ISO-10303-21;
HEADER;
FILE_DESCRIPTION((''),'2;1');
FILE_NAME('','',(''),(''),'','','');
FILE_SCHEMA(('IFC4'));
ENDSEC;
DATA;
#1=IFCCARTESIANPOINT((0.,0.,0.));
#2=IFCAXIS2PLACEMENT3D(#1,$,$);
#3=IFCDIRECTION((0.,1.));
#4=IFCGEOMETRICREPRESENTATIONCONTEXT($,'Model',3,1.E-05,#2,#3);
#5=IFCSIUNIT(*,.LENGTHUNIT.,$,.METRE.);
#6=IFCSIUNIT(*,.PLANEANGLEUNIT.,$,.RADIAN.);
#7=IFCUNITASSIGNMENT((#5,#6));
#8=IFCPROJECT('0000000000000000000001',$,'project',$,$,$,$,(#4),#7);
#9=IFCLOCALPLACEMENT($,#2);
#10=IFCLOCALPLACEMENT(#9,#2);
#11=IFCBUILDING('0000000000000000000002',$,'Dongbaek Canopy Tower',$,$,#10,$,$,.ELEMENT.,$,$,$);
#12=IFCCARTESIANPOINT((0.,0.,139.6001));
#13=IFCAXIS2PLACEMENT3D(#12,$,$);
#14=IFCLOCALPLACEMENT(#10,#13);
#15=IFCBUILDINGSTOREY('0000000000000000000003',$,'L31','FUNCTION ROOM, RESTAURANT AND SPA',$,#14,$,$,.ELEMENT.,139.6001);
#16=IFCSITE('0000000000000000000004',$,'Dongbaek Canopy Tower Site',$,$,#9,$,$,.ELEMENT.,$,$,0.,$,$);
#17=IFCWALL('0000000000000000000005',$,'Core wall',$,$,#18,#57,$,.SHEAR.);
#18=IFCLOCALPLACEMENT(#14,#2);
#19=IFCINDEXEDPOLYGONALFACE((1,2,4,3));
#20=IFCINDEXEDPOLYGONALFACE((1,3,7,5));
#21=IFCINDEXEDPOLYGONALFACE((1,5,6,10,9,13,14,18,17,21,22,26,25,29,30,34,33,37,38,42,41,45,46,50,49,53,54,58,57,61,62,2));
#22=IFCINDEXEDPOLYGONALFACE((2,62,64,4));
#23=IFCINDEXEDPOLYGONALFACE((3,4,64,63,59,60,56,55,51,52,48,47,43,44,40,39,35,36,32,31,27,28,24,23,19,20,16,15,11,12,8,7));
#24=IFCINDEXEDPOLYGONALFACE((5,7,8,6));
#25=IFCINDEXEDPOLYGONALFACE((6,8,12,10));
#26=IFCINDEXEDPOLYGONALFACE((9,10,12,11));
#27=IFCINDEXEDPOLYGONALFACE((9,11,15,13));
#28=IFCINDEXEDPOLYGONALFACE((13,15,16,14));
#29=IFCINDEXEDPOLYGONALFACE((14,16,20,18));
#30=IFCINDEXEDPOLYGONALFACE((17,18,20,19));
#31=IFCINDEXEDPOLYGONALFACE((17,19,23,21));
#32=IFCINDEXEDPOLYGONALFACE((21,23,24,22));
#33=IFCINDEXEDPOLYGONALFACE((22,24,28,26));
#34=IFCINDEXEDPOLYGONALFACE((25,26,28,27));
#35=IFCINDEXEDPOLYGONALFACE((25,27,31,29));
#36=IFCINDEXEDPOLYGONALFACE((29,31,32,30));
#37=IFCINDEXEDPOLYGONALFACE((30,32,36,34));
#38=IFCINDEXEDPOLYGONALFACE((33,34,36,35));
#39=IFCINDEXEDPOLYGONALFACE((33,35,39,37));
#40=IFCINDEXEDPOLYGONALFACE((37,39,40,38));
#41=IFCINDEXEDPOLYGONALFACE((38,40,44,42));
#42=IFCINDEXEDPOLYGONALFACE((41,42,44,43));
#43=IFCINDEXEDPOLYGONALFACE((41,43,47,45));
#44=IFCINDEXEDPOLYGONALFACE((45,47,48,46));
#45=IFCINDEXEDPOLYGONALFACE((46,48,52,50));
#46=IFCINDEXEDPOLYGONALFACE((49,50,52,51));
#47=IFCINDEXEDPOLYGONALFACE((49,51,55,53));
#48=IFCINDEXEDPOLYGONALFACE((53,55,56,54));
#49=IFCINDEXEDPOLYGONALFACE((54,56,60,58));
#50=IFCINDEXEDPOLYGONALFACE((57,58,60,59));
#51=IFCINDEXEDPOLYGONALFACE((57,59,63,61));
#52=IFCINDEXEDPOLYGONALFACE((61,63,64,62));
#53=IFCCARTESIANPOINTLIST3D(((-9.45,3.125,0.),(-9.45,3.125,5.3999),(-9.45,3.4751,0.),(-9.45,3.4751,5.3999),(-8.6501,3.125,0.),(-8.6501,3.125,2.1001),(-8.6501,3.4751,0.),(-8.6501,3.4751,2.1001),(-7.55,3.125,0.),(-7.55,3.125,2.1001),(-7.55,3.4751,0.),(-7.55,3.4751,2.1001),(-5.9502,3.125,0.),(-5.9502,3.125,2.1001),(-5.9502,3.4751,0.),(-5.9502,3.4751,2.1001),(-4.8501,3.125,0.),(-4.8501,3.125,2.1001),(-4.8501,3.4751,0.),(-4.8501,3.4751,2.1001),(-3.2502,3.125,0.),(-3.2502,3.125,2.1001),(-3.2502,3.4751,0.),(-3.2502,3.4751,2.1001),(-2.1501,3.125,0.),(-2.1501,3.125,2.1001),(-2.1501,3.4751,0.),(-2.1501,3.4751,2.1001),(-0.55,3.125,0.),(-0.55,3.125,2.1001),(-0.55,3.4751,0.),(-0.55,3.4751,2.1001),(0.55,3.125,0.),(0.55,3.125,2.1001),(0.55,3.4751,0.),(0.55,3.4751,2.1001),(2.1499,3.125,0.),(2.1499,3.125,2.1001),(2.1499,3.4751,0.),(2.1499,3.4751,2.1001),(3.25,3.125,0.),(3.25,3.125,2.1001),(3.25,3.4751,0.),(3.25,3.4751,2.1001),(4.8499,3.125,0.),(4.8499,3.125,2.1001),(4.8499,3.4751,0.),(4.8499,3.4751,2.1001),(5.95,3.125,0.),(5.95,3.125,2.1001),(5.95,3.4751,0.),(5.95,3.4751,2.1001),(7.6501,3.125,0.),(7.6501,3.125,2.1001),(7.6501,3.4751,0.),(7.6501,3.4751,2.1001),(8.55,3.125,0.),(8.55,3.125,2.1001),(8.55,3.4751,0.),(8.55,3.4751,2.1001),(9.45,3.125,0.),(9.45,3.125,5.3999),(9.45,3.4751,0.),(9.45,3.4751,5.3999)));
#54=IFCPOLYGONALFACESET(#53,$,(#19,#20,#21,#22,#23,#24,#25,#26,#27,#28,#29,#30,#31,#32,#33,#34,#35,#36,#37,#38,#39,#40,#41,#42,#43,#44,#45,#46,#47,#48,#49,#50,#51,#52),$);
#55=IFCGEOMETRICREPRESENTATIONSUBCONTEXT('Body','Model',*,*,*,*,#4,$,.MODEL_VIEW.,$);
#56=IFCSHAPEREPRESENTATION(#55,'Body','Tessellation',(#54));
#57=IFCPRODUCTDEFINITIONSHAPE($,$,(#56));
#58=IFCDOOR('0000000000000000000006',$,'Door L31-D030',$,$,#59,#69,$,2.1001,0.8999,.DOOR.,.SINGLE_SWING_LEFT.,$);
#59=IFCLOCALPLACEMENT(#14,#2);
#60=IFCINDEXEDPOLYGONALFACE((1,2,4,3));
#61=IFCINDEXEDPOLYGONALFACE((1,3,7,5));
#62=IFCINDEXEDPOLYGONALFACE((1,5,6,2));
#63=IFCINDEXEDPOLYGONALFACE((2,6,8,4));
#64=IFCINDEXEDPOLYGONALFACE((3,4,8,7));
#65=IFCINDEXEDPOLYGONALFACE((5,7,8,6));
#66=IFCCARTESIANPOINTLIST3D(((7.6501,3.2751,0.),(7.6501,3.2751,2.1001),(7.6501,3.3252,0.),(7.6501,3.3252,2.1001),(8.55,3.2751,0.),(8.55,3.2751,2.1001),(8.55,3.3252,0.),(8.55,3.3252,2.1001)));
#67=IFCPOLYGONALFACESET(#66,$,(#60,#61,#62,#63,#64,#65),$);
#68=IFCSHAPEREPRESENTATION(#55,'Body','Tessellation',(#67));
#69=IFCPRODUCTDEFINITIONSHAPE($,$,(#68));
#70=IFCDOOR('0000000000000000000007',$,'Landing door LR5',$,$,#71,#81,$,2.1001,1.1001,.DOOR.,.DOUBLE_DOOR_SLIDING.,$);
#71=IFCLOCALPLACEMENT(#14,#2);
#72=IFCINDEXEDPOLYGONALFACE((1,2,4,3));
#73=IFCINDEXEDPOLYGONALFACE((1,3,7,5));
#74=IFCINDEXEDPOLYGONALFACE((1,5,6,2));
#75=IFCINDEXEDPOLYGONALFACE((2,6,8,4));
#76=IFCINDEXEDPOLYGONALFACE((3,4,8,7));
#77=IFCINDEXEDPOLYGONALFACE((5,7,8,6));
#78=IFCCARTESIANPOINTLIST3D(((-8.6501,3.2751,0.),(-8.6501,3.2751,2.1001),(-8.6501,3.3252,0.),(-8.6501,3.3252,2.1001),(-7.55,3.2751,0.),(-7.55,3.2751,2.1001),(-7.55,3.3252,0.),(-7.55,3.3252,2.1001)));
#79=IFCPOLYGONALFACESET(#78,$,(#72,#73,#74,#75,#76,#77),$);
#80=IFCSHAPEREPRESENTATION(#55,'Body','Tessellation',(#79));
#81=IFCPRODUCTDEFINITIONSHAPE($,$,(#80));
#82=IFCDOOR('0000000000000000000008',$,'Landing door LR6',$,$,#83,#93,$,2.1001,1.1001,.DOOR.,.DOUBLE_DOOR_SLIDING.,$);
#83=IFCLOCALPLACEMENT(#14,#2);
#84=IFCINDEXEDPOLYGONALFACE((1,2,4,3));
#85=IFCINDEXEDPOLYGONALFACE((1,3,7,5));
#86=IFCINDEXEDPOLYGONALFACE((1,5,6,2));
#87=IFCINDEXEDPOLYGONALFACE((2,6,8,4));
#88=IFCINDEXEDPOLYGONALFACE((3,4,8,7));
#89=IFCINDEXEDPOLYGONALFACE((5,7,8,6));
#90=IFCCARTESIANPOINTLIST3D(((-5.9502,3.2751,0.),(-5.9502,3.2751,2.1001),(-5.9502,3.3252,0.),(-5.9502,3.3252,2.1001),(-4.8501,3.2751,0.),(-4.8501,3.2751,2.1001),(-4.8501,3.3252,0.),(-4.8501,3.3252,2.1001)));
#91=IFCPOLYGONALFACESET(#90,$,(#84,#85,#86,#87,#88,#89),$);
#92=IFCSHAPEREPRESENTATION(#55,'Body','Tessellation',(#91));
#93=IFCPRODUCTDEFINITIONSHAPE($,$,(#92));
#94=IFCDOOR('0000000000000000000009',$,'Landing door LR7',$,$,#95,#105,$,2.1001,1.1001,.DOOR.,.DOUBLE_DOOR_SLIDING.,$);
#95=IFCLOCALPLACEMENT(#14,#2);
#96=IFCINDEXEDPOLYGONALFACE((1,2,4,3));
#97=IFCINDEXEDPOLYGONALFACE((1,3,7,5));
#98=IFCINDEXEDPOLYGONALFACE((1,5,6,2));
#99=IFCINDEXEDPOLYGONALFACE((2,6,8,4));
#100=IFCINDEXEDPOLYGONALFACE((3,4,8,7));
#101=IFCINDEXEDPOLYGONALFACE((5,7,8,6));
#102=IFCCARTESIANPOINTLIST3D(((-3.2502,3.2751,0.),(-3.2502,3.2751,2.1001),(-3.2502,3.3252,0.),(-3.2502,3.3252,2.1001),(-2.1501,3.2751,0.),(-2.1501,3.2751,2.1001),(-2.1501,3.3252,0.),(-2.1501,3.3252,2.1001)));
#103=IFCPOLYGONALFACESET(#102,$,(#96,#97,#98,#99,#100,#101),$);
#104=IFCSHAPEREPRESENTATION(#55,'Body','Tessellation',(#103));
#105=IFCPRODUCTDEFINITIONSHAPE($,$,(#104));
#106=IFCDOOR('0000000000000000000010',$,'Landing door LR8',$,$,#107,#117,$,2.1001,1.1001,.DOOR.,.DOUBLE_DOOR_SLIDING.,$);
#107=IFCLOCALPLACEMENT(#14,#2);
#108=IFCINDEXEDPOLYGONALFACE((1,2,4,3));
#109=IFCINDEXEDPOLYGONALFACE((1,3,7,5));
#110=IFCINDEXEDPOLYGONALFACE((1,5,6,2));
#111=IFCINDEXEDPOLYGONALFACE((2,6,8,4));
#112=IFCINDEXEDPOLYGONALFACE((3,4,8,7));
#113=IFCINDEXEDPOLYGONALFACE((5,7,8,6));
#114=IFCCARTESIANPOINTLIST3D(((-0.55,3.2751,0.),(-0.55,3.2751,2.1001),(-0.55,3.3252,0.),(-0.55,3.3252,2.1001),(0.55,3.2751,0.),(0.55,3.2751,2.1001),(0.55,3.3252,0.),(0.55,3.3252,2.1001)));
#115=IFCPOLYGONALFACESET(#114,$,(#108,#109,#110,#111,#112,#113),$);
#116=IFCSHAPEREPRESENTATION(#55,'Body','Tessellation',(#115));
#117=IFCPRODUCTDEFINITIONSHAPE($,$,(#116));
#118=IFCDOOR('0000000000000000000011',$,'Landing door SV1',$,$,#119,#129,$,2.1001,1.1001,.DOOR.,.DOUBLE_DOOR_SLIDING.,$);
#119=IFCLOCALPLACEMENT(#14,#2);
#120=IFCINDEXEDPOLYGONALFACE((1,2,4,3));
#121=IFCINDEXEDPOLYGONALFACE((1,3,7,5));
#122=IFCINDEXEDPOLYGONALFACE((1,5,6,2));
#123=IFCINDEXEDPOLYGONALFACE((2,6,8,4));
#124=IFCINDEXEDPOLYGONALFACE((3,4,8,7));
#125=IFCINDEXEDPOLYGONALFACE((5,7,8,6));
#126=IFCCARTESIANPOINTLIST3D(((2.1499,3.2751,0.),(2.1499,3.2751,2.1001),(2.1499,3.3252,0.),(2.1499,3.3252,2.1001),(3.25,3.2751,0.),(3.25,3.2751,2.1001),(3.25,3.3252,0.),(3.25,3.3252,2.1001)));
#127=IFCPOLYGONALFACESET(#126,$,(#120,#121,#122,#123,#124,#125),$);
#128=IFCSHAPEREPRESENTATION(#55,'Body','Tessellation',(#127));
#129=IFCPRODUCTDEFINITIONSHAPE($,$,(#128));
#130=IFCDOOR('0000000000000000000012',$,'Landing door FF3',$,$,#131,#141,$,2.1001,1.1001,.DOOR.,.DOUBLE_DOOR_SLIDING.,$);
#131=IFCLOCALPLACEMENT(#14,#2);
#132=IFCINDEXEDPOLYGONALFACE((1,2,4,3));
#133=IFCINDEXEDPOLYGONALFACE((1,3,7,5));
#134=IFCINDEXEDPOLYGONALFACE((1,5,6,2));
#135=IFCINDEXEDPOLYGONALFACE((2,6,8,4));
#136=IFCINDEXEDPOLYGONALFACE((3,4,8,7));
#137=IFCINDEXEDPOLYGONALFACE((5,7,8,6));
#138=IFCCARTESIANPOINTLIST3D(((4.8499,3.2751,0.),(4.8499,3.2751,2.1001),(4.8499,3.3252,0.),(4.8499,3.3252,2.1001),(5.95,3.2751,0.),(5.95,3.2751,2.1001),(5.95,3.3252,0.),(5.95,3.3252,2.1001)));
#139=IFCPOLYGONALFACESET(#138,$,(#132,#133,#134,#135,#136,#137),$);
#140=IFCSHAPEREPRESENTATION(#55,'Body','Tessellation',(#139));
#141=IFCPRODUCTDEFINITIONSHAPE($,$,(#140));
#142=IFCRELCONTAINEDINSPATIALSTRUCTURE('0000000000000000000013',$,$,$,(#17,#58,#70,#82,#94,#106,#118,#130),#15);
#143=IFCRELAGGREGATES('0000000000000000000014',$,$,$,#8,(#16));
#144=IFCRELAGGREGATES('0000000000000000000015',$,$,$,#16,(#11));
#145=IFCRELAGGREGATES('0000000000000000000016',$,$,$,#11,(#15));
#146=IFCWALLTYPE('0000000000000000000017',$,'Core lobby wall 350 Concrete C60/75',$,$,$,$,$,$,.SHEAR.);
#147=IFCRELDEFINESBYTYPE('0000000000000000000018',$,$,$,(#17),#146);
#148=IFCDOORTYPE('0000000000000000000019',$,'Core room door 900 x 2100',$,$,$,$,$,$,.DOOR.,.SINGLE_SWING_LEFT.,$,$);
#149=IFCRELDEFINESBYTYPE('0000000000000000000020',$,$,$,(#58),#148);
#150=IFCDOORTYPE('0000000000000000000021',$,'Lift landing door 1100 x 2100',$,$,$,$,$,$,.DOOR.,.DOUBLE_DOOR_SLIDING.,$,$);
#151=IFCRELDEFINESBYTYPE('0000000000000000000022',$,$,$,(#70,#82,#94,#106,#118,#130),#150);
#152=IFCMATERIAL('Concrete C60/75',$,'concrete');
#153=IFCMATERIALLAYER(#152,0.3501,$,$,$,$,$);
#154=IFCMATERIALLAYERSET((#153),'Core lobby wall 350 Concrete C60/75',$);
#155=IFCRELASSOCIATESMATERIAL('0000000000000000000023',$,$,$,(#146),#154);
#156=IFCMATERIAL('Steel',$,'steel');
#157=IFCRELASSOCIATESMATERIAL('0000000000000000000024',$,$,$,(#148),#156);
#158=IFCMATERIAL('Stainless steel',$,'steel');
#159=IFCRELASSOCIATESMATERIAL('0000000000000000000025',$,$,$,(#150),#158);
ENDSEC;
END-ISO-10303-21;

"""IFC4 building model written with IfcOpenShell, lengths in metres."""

from ifc_helpers import new_model, si_unit, direction, frame, frame_2d, origin, place, context, subcontext, project, spatial, rectangle, extrude, material, layer, layer_set, type_object, element, fill, save


model = new_model("IFC4")

# Units and contexts
model_context = context("Model", 3, precision=1e-05, world=origin(), true_north=direction((0.0, 1.0)))
body_context = subcontext(model_context, "Body", "Model", "MODEL_VIEW")
ifc_project = project(units=[si_unit("LENGTHUNIT", "METRE"), si_unit("PLANEANGLEUNIT", "RADIAN")], contexts=[model_context])

# Site, building, storey
site_placement = place(None, origin())
site = spatial("IfcSite", under=ifc_project, at=site_placement, Name="Dongbaek Canopy Tower Site", CompositionType="ELEMENT", RefElevation=0.0)
building_placement = place(site_placement, origin())
building = spatial("IfcBuilding", under=site, at=building_placement, Name="Dongbaek Canopy Tower", CompositionType="ELEMENT")
storey_placement = place(building_placement, frame((0.0, 0.0, 139.6001)))
storey = spatial("IfcBuildingStorey", under=building, at=storey_placement, Name="L31", Description="FUNCTION ROOM, RESTAURANT AND SPA", CompositionType="ELEMENT", Elevation=139.6001)

# Wall, openings, doors
ifc_material_1 = material(Name="Concrete C60/75", Category="concrete")
ifc_layer_1 = layer(ifc_material_1, 0.3501)
ifc_layer_set_1 = layer_set([ifc_layer_1], Name="Core lobby wall 350 Concrete C60/75")
wall_type_1 = type_object("IfcWallType", Name="Core lobby wall 350 Concrete C60/75", PredefinedType="SHEAR", material=ifc_layer_set_1)
wall_1_placement = place(storey_placement, frame((9.45, 3.3, 0.0), z_axis=(0.0, 0.0, 1.0), x_axis=(-1.0, 0.0, 0.0)))
wall_1 = element("IfcWall", 1, at=wall_1_placement, inside=storey, type_object=wall_type_1, Name="Core wall", PredefinedType="SHEAR", context=body_context, shape_type="SweptSolid", body=[
    extrude(rectangle(XDim=18.8999, YDim=0.3501, at=frame_2d((9.45, 0.0))), origin(), (0.0, 0.0, 1.0), 5.3999),
])
opening_1_placement = place(wall_1_placement, frame((17.0, 0.0, 0.0)))
opening_1 = element("IfcOpeningElement", 2, at=opening_1_placement, cuts=wall_1, PredefinedType="OPENING", context=body_context, shape_type="SweptSolid", body=[
    extrude(rectangle(XDim=1.1001, YDim=2.1001, at=frame_2d((0.55, 1.05))), frame((0.0, 0.1851, 0.0), z_axis=(0.0, -1.0, 0.0), x_axis=(1.0, 0.0, 0.0)), (0.0, 0.0, 1.0), 0.3701),
])
opening_2_placement = place(wall_1_placement, frame((14.3, 0.0, 0.0)))
opening_2 = element("IfcOpeningElement", 3, at=opening_2_placement, cuts=wall_1, PredefinedType="OPENING", context=body_context, shape_type="SweptSolid", body=[
    extrude(rectangle(XDim=1.1001, YDim=2.1001, at=frame_2d((0.55, 1.05))), frame((0.0, 0.1851, 0.0), z_axis=(0.0, -1.0, 0.0), x_axis=(1.0, 0.0, 0.0)), (0.0, 0.0, 1.0), 0.3701),
])
opening_3_placement = place(wall_1_placement, frame((11.6001, 0.0, 0.0)))
opening_3 = element("IfcOpeningElement", 4, at=opening_3_placement, cuts=wall_1, PredefinedType="OPENING", context=body_context, shape_type="SweptSolid", body=[
    extrude(rectangle(XDim=1.1001, YDim=2.1001, at=frame_2d((0.55, 1.05))), frame((0.0, 0.1851, 0.0), z_axis=(0.0, -1.0, 0.0), x_axis=(1.0, 0.0, 0.0)), (0.0, 0.0, 1.0), 0.3701),
])
opening_4_placement = place(wall_1_placement, frame((8.8999, 0.0, 0.0)))
opening_4 = element("IfcOpeningElement", 5, at=opening_4_placement, cuts=wall_1, PredefinedType="OPENING", context=body_context, shape_type="SweptSolid", body=[
    extrude(rectangle(XDim=1.1001, YDim=2.1001, at=frame_2d((0.55, 1.05))), frame((0.0, 0.1851, 0.0), z_axis=(0.0, -1.0, 0.0), x_axis=(1.0, 0.0, 0.0)), (0.0, 0.0, 1.0), 0.3701),
])
opening_5_placement = place(wall_1_placement, frame((6.2, 0.0, 0.0)))
opening_5 = element("IfcOpeningElement", 6, at=opening_5_placement, cuts=wall_1, PredefinedType="OPENING", context=body_context, shape_type="SweptSolid", body=[
    extrude(rectangle(XDim=1.1001, YDim=2.1001, at=frame_2d((0.55, 1.05))), frame((0.0, 0.1851, 0.0), z_axis=(0.0, -1.0, 0.0), x_axis=(1.0, 0.0, 0.0)), (0.0, 0.0, 1.0), 0.3701),
])
opening_6_placement = place(wall_1_placement, frame((3.5, 0.0, 0.0)))
opening_6 = element("IfcOpeningElement", 7, at=opening_6_placement, cuts=wall_1, PredefinedType="OPENING", context=body_context, shape_type="SweptSolid", body=[
    extrude(rectangle(XDim=1.1001, YDim=2.1001, at=frame_2d((0.55, 1.05))), frame((0.0, 0.1851, 0.0), z_axis=(0.0, -1.0, 0.0), x_axis=(1.0, 0.0, 0.0)), (0.0, 0.0, 1.0), 0.3701),
])
opening_7_placement = place(wall_1_placement, frame((0.8999, 0.0, 0.0)))
opening_7 = element("IfcOpeningElement", 8, at=opening_7_placement, cuts=wall_1, PredefinedType="OPENING", context=body_context, shape_type="SweptSolid", body=[
    extrude(rectangle(XDim=0.8999, YDim=2.1001, at=frame_2d((0.45, 1.05))), frame((0.0, 0.1851, 0.0), z_axis=(0.0, -1.0, 0.0), x_axis=(1.0, 0.0, 0.0)), (0.0, 0.0, 1.0), 0.3701),
])
ifc_material_2 = material(Name="Steel", Category="steel")
door_type_1 = type_object("IfcDoorType", Name="Core room door 900 x 2100", OperationType="SINGLE_SWING_LEFT", PredefinedType="DOOR", material=ifc_material_2)
door_1_placement = place(opening_7_placement, origin())
door_1 = element("IfcDoor", 9, at=door_1_placement, inside=storey, type_object=door_type_1, Name="Door L31-D030", OperationType="SINGLE_SWING_LEFT", OverallHeight=2.1001, OverallWidth=0.8999, PredefinedType="DOOR", context=body_context, shape_type="SweptSolid", body=[
    extrude(rectangle(XDim=0.8999, YDim=2.1001, at=frame_2d((0.45, 1.05))), frame((0.0, 0.0249, 0.0), z_axis=(0.0, -1.0, 0.0), x_axis=(1.0, 0.0, 0.0)), (0.0, 0.0, 1.0), 0.05),
])
fill(opening_7, door_1)
ifc_material_3 = material(Name="Stainless steel", Category="steel")
door_type_2 = type_object("IfcDoorType", Name="Lift landing door 1100 x 2100", OperationType="DOUBLE_DOOR_SLIDING", PredefinedType="DOOR", material=ifc_material_3)
door_2_placement = place(opening_1_placement, origin())
door_2 = element("IfcDoor", 10, at=door_2_placement, inside=storey, type_object=door_type_2, Name="Landing door LR5", OperationType="DOUBLE_DOOR_SLIDING", OverallHeight=2.1001, OverallWidth=1.1001, PredefinedType="DOOR", context=body_context, shape_type="SweptSolid", body=[
    extrude(rectangle(XDim=1.1001, YDim=2.1001, at=frame_2d((0.55, 1.05))), frame((0.0, 0.0249, 0.0), z_axis=(0.0, -1.0, 0.0), x_axis=(1.0, 0.0, 0.0)), (0.0, 0.0, 1.0), 0.05),
])
fill(opening_1, door_2)
door_3_placement = place(opening_2_placement, origin())
door_3 = element("IfcDoor", 11, at=door_3_placement, inside=storey, type_object=door_type_2, Name="Landing door LR6", OperationType="DOUBLE_DOOR_SLIDING", OverallHeight=2.1001, OverallWidth=1.1001, PredefinedType="DOOR", context=body_context, shape_type="SweptSolid", body=[
    extrude(rectangle(XDim=1.1001, YDim=2.1001, at=frame_2d((0.55, 1.05))), frame((0.0, 0.0249, 0.0), z_axis=(0.0, -1.0, 0.0), x_axis=(1.0, 0.0, 0.0)), (0.0, 0.0, 1.0), 0.05),
])
fill(opening_2, door_3)
door_4_placement = place(opening_3_placement, origin())
door_4 = element("IfcDoor", 12, at=door_4_placement, inside=storey, type_object=door_type_2, Name="Landing door LR7", OperationType="DOUBLE_DOOR_SLIDING", OverallHeight=2.1001, OverallWidth=1.1001, PredefinedType="DOOR", context=body_context, shape_type="SweptSolid", body=[
    extrude(rectangle(XDim=1.1001, YDim=2.1001, at=frame_2d((0.55, 1.05))), frame((0.0, 0.0249, 0.0), z_axis=(0.0, -1.0, 0.0), x_axis=(1.0, 0.0, 0.0)), (0.0, 0.0, 1.0), 0.05),
])
fill(opening_3, door_4)
door_5_placement = place(opening_4_placement, origin())
door_5 = element("IfcDoor", 13, at=door_5_placement, inside=storey, type_object=door_type_2, Name="Landing door LR8", OperationType="DOUBLE_DOOR_SLIDING", OverallHeight=2.1001, OverallWidth=1.1001, PredefinedType="DOOR", context=body_context, shape_type="SweptSolid", body=[
    extrude(rectangle(XDim=1.1001, YDim=2.1001, at=frame_2d((0.55, 1.05))), frame((0.0, 0.0249, 0.0), z_axis=(0.0, -1.0, 0.0), x_axis=(1.0, 0.0, 0.0)), (0.0, 0.0, 1.0), 0.05),
])
fill(opening_4, door_5)
door_6_placement = place(opening_5_placement, origin())
door_6 = element("IfcDoor", 14, at=door_6_placement, inside=storey, type_object=door_type_2, Name="Landing door SV1", OperationType="DOUBLE_DOOR_SLIDING", OverallHeight=2.1001, OverallWidth=1.1001, PredefinedType="DOOR", context=body_context, shape_type="SweptSolid", body=[
    extrude(rectangle(XDim=1.1001, YDim=2.1001, at=frame_2d((0.55, 1.05))), frame((0.0, 0.0249, 0.0), z_axis=(0.0, -1.0, 0.0), x_axis=(1.0, 0.0, 0.0)), (0.0, 0.0, 1.0), 0.05),
])
fill(opening_5, door_6)
door_7_placement = place(opening_6_placement, origin())
door_7 = element("IfcDoor", 15, at=door_7_placement, inside=storey, type_object=door_type_2, Name="Landing door FF3", OperationType="DOUBLE_DOOR_SLIDING", OverallHeight=2.1001, OverallWidth=1.1001, PredefinedType="DOOR", context=body_context, shape_type="SweptSolid", body=[
    extrude(rectangle(XDim=1.1001, YDim=2.1001, at=frame_2d((0.55, 1.05))), frame((0.0, 0.0249, 0.0), z_axis=(0.0, -1.0, 0.0), x_axis=(1.0, 0.0, 0.0)), (0.0, 0.0, 1.0), 0.05),
])
fill(opening_6, door_7)

save(model, "model.ifc")
